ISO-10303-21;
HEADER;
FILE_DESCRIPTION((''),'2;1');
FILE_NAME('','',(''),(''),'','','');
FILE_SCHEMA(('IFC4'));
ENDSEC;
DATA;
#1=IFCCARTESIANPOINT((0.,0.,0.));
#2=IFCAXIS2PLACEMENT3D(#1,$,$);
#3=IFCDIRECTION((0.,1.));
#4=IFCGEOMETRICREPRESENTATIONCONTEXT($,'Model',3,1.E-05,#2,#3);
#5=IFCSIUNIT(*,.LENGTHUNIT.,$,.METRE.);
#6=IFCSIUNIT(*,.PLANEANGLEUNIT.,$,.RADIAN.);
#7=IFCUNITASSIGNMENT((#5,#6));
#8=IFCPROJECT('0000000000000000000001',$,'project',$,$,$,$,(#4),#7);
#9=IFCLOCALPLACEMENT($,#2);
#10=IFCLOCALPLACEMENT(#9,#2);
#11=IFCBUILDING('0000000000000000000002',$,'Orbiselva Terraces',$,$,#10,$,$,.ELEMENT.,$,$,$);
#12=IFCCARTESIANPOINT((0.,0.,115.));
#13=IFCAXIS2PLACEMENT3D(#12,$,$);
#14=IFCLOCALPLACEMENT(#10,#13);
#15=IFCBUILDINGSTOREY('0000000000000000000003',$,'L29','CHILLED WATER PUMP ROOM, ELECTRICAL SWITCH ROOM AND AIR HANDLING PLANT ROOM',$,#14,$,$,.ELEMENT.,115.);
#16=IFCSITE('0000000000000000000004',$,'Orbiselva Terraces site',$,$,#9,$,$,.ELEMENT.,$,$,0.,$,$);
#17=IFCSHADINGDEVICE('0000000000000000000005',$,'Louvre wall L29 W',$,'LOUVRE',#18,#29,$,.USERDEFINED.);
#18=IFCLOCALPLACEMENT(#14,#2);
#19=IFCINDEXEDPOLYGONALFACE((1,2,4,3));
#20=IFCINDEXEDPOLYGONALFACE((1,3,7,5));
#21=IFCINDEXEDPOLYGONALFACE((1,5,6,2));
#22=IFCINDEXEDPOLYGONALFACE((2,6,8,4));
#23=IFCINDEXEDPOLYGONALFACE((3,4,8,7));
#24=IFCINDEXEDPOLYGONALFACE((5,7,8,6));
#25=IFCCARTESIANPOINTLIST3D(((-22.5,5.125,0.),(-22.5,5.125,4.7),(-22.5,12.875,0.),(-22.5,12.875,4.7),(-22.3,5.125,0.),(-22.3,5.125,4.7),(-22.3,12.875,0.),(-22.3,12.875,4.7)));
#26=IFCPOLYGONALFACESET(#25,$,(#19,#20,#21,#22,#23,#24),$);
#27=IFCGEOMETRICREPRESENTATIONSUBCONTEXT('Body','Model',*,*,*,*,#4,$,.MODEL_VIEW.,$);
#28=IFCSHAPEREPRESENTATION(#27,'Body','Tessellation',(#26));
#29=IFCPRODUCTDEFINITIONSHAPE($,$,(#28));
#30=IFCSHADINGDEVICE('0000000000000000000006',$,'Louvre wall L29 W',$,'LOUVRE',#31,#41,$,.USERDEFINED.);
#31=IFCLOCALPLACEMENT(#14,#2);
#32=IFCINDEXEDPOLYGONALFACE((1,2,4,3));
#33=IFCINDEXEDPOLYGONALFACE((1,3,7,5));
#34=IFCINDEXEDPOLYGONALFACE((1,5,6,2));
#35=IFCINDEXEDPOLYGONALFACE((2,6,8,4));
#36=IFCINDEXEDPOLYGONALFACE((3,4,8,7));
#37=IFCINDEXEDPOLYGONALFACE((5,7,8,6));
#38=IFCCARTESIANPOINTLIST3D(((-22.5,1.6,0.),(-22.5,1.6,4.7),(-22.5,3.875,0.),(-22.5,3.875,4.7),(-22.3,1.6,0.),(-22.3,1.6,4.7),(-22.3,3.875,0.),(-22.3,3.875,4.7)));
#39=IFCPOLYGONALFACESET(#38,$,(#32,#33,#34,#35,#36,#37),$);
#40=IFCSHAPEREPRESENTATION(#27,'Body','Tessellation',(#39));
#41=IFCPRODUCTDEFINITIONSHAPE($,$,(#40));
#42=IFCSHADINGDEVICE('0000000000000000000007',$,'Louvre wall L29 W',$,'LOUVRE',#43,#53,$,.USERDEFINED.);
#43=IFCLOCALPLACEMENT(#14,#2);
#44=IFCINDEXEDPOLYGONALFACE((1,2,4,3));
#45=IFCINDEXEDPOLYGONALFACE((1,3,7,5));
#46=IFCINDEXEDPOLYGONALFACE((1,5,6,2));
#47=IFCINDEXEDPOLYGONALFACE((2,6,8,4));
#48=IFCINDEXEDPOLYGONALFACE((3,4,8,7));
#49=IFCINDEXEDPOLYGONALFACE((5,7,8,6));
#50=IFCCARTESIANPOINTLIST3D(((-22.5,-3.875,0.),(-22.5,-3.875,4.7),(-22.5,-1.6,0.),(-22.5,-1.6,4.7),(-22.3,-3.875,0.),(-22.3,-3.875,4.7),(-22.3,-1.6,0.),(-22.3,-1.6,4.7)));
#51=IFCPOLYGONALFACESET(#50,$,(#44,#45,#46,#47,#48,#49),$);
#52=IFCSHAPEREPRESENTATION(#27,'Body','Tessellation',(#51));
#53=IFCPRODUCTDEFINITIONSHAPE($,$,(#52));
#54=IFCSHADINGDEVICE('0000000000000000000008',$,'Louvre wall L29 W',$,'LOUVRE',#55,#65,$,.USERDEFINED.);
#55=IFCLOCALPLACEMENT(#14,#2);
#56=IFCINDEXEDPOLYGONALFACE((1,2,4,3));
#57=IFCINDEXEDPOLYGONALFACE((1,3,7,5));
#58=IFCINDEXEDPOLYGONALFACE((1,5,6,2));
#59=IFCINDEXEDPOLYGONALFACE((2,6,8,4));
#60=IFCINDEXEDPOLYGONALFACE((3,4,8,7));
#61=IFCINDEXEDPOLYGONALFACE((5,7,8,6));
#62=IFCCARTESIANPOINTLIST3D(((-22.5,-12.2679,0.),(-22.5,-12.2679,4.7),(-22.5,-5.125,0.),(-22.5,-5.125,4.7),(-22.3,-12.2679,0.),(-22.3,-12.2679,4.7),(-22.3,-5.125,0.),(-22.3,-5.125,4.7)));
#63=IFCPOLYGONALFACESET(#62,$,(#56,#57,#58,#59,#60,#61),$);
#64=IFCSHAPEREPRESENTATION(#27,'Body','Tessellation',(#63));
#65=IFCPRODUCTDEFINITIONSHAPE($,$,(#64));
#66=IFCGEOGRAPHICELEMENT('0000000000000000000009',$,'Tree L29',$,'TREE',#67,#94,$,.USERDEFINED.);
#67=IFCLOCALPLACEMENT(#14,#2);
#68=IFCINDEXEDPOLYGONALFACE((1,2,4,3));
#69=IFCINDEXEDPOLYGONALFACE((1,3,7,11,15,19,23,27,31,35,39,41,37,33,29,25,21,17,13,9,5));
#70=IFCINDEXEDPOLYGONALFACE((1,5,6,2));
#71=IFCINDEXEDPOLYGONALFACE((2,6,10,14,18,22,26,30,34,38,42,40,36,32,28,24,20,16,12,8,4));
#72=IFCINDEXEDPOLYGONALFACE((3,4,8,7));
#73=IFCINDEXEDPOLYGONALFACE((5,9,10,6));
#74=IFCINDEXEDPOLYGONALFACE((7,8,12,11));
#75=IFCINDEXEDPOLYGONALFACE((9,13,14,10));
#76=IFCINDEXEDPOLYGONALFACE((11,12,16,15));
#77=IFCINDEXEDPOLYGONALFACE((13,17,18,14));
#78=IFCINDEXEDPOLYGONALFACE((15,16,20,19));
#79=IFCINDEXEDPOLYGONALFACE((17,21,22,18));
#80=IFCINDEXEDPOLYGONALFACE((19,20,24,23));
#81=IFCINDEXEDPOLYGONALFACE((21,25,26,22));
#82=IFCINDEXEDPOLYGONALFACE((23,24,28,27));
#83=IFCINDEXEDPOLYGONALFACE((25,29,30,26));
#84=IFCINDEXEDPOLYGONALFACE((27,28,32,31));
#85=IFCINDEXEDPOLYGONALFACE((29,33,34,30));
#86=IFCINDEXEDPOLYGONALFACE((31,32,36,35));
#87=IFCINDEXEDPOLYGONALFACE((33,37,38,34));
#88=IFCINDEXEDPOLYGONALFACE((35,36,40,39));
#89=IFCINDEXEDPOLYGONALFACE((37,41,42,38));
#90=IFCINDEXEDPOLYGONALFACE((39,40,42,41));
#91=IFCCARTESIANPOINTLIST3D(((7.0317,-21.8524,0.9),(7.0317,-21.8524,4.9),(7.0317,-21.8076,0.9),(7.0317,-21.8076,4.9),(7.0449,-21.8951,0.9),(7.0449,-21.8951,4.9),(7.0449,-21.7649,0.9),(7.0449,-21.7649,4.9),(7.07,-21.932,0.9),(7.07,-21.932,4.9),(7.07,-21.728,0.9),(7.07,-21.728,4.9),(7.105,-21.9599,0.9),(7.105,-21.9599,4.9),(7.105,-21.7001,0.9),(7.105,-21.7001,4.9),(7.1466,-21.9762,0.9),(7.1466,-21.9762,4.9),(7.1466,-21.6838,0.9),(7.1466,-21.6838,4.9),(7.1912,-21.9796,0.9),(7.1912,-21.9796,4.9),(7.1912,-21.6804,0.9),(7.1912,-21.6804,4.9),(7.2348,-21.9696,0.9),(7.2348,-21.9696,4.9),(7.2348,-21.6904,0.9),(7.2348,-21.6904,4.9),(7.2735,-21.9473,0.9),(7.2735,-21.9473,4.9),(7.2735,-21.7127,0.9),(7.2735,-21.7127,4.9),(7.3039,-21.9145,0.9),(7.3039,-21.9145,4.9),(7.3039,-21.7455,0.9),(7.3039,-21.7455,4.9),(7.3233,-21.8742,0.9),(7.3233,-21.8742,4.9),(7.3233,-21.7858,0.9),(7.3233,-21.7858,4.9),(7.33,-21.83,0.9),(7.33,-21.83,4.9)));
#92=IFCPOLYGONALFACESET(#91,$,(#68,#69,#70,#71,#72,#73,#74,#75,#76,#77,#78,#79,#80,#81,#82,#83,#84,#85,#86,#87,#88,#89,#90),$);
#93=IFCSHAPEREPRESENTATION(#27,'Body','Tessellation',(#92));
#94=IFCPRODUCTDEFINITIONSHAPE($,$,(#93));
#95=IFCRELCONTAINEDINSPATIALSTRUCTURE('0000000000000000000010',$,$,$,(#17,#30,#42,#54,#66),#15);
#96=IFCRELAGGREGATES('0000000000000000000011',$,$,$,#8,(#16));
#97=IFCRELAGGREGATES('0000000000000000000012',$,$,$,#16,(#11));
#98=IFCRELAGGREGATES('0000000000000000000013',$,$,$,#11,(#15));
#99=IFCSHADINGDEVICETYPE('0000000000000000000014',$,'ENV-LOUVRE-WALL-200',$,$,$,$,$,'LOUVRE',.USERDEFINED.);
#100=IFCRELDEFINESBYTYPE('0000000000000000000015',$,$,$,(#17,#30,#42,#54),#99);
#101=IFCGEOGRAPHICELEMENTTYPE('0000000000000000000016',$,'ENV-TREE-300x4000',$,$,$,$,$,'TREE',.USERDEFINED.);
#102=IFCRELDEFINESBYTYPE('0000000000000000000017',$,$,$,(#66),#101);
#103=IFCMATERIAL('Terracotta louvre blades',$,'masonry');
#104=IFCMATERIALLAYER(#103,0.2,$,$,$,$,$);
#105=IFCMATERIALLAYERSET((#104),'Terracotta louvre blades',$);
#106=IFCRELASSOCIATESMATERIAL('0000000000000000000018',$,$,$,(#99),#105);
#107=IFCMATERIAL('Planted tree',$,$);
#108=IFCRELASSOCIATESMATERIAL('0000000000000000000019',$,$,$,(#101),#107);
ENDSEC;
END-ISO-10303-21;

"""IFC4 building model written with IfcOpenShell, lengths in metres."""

from ifc_helpers import new_model, si_unit, direction, frame, origin, origin_2d, place, context, subcontext, project, spatial, polyline, circle, outline, extrude, material, layer, layer_set, type_object, element, save


model = new_model("IFC4")

# Units and contexts
model_context = context("Model", 3, precision=1e-05, world=origin(), true_north=direction((0.0, 1.0)))
body_context = subcontext(model_context, "Body", "Model", "MODEL_VIEW")
ifc_project = project(units=[si_unit("LENGTHUNIT", "METRE"), si_unit("PLANEANGLEUNIT", "RADIAN")], contexts=[model_context])

# Site, building, storey
site_placement = place(None, origin())
site = spatial("IfcSite", under=ifc_project, at=site_placement, Name="Orbiselva Terraces site", CompositionType="ELEMENT", RefElevation=0.0)
building_placement = place(site_placement, origin())
building = spatial("IfcBuilding", under=site, at=building_placement, Name="Orbiselva Terraces", CompositionType="ELEMENT")
storey_placement = place(building_placement, frame((0.0, 0.0, 115.0)))
storey = spatial("IfcBuildingStorey", under=building, at=storey_placement, Name="L29", Description="CHILLED WATER PUMP ROOM, ELECTRICAL SWITCH ROOM AND AIR HANDLING PLANT ROOM", CompositionType="ELEMENT", Elevation=115.0)

# Shading devices
ifc_material_1 = material(Name="Terracotta louvre blades", Category="masonry")
ifc_layer_1 = layer(ifc_material_1, 0.2)
ifc_layer_set_1 = layer_set([ifc_layer_1], Name="Terracotta louvre blades")
shading_device_type = type_object("IfcShadingDeviceType", Name="ENV-LOUVRE-WALL-200", ElementType="LOUVRE", PredefinedType="USERDEFINED", material=ifc_layer_set_1)
shading_device_1_placement = place(storey_placement, origin())
element("IfcShadingDevice", 1, at=shading_device_1_placement, inside=storey, type_object=shading_device_type, Name="Louvre wall L29 W", ObjectType="LOUVRE", PredefinedType="USERDEFINED", context=body_context, shape_type="SweptSolid", body=[
    extrude(outline(polyline([(-22.5, 12.875), (-22.5, 5.125), (-22.3, 5.125), (-22.3, 12.875), (-22.5, 12.875)])), origin(), (0.0, 0.0, 1.0), 4.7),
])
shading_device_2_placement = place(storey_placement, origin())
element("IfcShadingDevice", 2, at=shading_device_2_placement, inside=storey, type_object=shading_device_type, Name="Louvre wall L29 W", ObjectType="LOUVRE", PredefinedType="USERDEFINED", context=body_context, shape_type="SweptSolid", body=[
    extrude(outline(polyline([(-22.5, 3.875), (-22.5, 1.6), (-22.3, 1.6), (-22.3, 3.875), (-22.5, 3.875)])), origin(), (0.0, 0.0, 1.0), 4.7),
])
shading_device_3_placement = place(storey_placement, origin())
element("IfcShadingDevice", 3, at=shading_device_3_placement, inside=storey, type_object=shading_device_type, Name="Louvre wall L29 W", ObjectType="LOUVRE", PredefinedType="USERDEFINED", context=body_context, shape_type="SweptSolid", body=[
    extrude(outline(polyline([(-22.5, -1.6), (-22.5, -3.875), (-22.3, -3.875), (-22.3, -1.6), (-22.5, -1.6)])), origin(), (0.0, 0.0, 1.0), 4.7),
])
shading_device_4_placement = place(storey_placement, origin())
element("IfcShadingDevice", 4, at=shading_device_4_placement, inside=storey, type_object=shading_device_type, Name="Louvre wall L29 W", ObjectType="LOUVRE", PredefinedType="USERDEFINED", context=body_context, shape_type="SweptSolid", body=[
    extrude(outline(polyline([(-22.5, -5.125), (-22.5, -12.2679), (-22.3, -12.2679), (-22.3, -5.125), (-22.5, -5.125)])), origin(), (0.0, 0.0, 1.0), 4.7),
])

# Geographic element
ifc_material_2 = material(Name="Planted tree")
geographic_element_type = type_object("IfcGeographicElementType", Name="ENV-TREE-300x4000", ElementType="TREE", PredefinedType="USERDEFINED", material=ifc_material_2)
geographic_element_placement = place(storey_placement, frame((7.18, -21.83, 4.9), z_axis=(0.0, 0.0, -1.0), x_axis=(1.0, 0.0, 0.0)))
element("IfcGeographicElement", 5, at=geographic_element_placement, inside=storey, type_object=geographic_element_type, Name="Tree L29", ObjectType="TREE", PredefinedType="USERDEFINED", context=body_context, shape_type="SweptSolid", body=[
    extrude(circle(Radius=0.15, at=origin_2d()), origin(), (0.0, 0.0, 1.0), 4.0),
])

save(model, "model.ifc")
